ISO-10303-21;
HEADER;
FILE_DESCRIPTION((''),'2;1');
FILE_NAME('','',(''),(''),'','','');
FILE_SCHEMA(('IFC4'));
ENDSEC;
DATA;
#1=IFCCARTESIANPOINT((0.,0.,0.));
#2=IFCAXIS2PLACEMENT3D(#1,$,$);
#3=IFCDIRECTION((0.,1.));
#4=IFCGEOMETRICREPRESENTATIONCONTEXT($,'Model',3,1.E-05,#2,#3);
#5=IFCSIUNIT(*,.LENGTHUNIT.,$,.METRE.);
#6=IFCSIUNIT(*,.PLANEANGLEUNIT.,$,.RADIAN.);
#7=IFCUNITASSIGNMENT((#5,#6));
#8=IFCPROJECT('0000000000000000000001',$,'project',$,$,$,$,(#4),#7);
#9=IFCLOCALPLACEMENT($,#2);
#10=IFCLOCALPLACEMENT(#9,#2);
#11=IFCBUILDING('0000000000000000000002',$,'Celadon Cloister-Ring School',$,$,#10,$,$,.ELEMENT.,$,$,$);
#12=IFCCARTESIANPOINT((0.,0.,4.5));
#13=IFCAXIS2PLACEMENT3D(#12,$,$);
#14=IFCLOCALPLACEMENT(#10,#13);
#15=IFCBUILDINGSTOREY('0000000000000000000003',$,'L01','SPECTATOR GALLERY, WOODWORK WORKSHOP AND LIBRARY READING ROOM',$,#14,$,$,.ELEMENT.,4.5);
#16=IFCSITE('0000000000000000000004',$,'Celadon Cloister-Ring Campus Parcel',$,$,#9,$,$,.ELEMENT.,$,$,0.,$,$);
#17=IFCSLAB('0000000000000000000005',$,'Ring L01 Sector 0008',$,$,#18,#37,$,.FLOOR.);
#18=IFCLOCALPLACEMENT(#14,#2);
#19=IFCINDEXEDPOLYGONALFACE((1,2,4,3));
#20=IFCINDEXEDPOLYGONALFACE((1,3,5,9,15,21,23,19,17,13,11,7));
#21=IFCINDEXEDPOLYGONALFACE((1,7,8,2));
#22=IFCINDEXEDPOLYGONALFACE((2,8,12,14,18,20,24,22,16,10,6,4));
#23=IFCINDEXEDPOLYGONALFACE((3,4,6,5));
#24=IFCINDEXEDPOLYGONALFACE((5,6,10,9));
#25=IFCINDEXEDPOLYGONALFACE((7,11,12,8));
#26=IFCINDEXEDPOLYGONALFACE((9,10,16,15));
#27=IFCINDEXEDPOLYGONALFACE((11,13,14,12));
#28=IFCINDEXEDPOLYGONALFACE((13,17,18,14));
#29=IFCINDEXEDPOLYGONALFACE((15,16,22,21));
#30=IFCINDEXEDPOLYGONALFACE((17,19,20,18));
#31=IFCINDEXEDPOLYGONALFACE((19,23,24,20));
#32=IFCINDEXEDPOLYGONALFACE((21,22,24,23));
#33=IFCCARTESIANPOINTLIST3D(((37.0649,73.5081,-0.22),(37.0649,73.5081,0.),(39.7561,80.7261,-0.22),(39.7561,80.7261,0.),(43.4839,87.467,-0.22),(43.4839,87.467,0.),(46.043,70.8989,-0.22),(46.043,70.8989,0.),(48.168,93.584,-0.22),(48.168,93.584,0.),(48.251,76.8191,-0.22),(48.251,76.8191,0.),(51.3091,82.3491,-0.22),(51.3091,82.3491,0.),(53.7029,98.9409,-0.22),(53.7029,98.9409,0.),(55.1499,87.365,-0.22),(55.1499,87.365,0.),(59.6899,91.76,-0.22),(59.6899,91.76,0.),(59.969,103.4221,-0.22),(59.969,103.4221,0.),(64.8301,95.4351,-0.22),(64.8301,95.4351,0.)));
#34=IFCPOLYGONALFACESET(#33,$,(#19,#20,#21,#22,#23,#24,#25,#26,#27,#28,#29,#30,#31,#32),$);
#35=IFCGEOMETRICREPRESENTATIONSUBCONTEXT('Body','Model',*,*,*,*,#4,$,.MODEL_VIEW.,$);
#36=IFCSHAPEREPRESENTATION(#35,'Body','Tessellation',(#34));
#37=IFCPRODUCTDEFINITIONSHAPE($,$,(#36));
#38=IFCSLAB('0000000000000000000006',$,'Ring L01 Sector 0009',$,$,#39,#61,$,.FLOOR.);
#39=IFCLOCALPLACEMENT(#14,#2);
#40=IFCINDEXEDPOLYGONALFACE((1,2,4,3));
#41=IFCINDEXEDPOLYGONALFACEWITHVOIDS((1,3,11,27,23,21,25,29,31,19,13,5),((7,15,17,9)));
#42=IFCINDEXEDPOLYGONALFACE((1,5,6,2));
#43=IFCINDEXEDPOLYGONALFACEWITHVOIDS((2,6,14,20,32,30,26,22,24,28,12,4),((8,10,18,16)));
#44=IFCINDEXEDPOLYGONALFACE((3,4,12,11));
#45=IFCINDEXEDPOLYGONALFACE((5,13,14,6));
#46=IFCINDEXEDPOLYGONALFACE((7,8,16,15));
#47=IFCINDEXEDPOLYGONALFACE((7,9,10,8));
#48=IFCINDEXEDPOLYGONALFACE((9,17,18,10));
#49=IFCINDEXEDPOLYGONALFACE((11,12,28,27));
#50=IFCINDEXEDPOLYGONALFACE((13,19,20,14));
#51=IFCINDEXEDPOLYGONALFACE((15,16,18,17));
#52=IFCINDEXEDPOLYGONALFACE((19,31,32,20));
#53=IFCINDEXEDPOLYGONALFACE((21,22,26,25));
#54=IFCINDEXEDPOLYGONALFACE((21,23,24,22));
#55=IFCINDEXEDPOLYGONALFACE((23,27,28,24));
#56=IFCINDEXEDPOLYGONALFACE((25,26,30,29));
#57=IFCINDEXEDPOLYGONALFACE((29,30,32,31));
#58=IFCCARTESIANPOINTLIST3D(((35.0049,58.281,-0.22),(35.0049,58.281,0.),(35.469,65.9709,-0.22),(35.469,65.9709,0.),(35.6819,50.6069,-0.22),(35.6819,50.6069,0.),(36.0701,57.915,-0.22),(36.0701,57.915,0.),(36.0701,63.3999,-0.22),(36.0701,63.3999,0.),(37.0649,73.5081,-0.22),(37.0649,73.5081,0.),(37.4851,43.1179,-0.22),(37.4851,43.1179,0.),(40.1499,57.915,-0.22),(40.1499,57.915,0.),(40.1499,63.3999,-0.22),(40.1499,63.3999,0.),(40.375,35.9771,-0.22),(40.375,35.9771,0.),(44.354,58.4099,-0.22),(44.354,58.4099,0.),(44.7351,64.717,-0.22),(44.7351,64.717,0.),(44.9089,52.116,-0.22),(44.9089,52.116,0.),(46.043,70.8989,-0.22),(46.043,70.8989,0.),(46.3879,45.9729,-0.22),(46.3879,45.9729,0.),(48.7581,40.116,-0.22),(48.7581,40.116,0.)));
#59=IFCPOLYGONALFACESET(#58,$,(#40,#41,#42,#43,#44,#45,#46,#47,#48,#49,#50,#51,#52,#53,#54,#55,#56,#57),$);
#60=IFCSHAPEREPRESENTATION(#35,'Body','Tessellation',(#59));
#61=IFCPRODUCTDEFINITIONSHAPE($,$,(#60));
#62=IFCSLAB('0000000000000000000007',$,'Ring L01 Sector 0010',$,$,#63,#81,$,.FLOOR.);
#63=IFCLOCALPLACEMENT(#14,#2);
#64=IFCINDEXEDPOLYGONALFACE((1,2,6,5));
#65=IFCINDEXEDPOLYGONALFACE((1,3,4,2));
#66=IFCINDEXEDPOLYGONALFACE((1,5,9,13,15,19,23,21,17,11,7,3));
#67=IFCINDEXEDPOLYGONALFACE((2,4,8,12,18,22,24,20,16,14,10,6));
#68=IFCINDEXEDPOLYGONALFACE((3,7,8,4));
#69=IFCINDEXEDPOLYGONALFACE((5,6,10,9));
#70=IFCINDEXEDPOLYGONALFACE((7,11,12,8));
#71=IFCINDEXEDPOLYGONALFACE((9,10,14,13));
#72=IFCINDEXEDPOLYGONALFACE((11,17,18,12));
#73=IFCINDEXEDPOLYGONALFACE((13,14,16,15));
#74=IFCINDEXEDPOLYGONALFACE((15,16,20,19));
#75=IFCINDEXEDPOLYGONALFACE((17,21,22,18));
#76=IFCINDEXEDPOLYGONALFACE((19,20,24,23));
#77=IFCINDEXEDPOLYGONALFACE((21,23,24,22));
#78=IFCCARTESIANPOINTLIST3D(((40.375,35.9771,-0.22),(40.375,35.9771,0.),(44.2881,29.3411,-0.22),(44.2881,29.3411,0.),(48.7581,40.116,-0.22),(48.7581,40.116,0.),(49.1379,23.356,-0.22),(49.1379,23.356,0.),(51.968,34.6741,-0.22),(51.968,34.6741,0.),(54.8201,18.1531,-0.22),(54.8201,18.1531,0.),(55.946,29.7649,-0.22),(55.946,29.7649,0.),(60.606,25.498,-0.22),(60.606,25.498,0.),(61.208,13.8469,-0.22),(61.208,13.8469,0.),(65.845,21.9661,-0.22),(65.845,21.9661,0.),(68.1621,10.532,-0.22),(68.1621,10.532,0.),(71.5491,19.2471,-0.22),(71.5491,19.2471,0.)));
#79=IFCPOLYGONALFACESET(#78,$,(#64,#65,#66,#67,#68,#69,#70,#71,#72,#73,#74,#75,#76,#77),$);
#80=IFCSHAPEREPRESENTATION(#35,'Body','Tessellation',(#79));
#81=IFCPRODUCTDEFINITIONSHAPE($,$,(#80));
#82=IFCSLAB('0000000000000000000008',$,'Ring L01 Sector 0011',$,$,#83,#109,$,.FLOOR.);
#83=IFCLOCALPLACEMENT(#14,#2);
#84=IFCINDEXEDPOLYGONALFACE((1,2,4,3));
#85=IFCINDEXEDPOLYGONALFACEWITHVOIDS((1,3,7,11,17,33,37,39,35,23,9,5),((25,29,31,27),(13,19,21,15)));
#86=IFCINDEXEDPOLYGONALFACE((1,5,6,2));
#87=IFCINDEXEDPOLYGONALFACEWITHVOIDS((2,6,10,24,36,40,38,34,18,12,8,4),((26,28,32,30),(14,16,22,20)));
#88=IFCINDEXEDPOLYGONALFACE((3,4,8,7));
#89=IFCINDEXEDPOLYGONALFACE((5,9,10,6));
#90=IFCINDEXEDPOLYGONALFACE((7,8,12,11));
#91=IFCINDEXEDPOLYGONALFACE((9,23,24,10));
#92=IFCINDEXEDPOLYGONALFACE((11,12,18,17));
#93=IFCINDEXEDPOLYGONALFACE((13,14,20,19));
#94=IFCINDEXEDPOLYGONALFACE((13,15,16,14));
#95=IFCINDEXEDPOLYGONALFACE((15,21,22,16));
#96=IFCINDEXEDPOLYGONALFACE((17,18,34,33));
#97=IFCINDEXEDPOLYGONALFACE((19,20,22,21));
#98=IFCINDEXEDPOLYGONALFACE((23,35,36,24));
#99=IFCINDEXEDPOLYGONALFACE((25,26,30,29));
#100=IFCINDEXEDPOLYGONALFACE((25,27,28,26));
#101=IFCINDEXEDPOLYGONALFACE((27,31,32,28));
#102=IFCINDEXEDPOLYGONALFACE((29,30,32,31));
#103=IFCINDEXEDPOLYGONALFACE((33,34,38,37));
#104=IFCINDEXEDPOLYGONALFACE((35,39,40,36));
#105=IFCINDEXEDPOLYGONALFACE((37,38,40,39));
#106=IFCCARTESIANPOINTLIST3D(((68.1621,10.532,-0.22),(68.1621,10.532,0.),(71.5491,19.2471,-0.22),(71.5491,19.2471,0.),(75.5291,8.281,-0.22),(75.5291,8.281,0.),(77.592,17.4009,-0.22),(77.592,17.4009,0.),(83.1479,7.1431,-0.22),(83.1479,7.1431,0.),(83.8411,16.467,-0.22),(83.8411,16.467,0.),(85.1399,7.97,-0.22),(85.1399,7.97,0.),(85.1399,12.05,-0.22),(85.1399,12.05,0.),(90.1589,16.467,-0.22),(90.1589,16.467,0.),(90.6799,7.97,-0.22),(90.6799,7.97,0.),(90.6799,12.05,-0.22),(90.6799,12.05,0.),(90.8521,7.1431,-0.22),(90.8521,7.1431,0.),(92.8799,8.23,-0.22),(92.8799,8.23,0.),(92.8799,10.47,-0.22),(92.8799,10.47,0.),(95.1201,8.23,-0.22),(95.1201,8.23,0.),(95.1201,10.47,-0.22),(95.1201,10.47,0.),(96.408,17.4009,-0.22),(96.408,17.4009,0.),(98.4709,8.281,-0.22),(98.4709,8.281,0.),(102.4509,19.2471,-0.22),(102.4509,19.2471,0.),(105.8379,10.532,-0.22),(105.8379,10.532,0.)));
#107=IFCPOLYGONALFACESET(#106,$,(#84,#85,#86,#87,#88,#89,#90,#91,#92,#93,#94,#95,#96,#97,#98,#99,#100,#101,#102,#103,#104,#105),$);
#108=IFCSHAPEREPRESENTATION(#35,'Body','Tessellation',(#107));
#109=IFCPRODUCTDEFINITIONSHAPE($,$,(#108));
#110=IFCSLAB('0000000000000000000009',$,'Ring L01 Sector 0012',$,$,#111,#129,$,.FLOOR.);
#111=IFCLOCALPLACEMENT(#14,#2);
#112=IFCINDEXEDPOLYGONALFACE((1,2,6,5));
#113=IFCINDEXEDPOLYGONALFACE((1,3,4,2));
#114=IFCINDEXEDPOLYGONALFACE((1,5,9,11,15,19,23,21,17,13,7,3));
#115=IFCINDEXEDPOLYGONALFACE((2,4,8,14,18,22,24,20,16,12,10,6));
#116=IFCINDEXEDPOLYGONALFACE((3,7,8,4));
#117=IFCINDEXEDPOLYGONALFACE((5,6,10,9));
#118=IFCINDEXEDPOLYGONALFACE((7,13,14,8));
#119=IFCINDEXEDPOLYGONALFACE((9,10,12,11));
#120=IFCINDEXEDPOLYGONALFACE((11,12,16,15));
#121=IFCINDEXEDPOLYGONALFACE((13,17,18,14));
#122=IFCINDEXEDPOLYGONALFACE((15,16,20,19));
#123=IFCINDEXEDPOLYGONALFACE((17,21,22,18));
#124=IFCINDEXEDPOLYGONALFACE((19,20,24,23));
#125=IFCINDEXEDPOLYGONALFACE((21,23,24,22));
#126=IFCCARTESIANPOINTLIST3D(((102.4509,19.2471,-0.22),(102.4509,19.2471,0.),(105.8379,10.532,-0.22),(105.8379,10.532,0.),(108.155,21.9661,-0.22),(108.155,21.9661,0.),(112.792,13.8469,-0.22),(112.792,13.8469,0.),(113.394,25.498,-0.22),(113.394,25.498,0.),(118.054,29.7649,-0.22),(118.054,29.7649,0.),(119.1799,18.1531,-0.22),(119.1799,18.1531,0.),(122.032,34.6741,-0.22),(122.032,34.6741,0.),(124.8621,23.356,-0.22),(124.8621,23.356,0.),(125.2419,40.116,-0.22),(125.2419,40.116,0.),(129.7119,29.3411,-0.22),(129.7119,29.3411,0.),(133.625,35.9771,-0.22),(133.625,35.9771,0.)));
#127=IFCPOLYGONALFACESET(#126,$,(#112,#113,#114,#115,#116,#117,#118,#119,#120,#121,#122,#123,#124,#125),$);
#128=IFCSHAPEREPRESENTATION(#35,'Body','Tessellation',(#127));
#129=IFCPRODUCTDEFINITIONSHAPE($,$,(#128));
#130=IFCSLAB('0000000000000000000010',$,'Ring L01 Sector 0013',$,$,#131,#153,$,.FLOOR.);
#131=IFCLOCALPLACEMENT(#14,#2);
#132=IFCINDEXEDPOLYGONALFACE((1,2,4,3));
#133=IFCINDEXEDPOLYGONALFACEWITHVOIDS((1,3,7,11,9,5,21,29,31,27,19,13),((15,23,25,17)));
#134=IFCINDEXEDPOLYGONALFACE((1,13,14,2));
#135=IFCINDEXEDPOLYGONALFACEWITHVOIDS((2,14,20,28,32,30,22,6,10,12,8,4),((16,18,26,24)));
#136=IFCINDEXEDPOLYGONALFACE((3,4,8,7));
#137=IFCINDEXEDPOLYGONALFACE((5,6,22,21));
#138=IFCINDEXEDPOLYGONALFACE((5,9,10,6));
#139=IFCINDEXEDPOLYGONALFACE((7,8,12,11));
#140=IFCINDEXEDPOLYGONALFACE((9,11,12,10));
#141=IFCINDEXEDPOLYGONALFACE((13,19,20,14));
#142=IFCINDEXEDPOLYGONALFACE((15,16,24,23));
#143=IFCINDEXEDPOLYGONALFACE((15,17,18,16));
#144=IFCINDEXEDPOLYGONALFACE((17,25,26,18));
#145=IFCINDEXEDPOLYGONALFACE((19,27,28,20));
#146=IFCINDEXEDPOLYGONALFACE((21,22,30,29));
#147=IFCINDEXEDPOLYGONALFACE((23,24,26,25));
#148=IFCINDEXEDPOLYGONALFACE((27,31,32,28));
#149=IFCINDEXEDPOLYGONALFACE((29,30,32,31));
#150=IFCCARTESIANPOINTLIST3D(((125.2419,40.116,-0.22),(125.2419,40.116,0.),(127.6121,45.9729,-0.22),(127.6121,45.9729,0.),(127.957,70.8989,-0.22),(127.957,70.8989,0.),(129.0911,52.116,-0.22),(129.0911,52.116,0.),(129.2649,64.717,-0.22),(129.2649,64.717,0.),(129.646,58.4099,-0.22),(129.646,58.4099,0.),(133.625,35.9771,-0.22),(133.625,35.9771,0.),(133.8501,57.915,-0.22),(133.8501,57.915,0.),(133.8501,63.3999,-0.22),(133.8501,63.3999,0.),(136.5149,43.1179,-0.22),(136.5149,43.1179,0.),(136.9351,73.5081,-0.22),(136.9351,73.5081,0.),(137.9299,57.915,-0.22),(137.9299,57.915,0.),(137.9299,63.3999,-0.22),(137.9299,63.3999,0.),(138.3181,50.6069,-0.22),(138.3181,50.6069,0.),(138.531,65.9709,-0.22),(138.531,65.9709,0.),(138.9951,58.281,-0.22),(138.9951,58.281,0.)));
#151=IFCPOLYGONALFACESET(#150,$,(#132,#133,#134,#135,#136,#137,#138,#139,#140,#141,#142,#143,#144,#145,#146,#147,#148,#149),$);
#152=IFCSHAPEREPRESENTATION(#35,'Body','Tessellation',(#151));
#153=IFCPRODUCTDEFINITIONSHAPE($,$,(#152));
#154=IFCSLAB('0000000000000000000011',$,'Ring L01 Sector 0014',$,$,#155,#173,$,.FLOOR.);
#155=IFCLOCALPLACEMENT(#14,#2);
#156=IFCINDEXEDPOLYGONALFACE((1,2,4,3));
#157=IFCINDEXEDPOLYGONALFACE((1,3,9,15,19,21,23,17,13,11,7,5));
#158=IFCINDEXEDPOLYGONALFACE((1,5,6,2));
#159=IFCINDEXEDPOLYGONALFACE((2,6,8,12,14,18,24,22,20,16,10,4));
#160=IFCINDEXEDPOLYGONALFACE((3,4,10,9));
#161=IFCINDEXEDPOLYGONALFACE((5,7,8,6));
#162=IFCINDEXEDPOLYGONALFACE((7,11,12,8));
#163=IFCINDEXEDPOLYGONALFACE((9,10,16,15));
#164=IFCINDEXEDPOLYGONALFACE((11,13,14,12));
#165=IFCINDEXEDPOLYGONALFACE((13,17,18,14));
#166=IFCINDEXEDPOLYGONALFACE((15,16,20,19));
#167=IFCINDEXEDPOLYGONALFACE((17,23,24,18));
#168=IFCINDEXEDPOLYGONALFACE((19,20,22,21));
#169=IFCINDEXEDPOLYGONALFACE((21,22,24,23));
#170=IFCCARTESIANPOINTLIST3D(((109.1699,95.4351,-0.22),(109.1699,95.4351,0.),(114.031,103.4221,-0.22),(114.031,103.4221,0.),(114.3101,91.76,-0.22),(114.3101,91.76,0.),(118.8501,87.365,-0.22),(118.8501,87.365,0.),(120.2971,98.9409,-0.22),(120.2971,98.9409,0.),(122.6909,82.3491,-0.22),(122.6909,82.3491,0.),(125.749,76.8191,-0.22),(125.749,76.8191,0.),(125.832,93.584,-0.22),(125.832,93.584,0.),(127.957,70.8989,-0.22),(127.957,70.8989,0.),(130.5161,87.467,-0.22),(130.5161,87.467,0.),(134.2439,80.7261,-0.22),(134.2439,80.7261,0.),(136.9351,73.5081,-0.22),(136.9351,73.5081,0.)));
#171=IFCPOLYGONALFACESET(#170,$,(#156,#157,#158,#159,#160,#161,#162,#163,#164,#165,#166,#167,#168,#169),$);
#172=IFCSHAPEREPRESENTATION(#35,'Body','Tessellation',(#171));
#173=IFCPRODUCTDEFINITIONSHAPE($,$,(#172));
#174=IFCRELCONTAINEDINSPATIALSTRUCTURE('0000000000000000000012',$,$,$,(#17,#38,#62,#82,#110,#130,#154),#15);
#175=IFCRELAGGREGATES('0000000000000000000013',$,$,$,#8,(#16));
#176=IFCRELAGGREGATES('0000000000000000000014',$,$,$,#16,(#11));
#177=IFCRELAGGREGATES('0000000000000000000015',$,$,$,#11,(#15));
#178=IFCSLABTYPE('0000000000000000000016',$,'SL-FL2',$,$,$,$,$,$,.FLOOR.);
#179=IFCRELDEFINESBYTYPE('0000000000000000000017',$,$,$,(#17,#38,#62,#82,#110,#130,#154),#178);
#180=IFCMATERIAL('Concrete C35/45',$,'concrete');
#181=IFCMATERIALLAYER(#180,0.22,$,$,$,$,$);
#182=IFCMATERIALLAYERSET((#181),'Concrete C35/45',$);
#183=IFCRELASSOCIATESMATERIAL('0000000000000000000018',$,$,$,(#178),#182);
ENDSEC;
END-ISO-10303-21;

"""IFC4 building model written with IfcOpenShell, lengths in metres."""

from ifc_helpers import new_model, si_unit, direction, frame, origin, place, context, subcontext, project, spatial, polyline, outline, extrude, material, layer, layer_set, type_object, element, save


model = new_model("IFC4")

# Units and contexts
model_context = context("Model", 3, precision=1e-05, world=origin(), true_north=direction((0.0, 1.0)))
body_context = subcontext(model_context, "Body", "Model", "MODEL_VIEW")
ifc_project = project(units=[si_unit("LENGTHUNIT", "METRE"), si_unit("PLANEANGLEUNIT", "RADIAN")], contexts=[model_context])

# Site, building, storey
site_placement = place(None, origin())
site = spatial("IfcSite", under=ifc_project, at=site_placement, Name="Celadon Cloister-Ring Campus Parcel", CompositionType="ELEMENT", RefElevation=0.0)
building_placement = place(site_placement, origin())
building = spatial("IfcBuilding", under=site, at=building_placement, Name="Celadon Cloister-Ring School", CompositionType="ELEMENT")
storey_placement = place(building_placement, frame((0.0, 0.0, 4.5)))
storey = spatial("IfcBuildingStorey", under=building, at=storey_placement, Name="L01", Description="SPECTATOR GALLERY, WOODWORK WORKSHOP AND LIBRARY READING ROOM", CompositionType="ELEMENT", Elevation=4.5)

# Slabs
ifc_material_1 = material(Name="Concrete C35/45", Category="concrete")
ifc_layer_1 = layer(ifc_material_1, 0.22)
ifc_layer_set_1 = layer_set([ifc_layer_1], Name="Concrete C35/45")
slab_type_1 = type_object("IfcSlabType", Name="SL-FL2", PredefinedType="FLOOR", material=ifc_layer_set_1)
slab_1_placement = place(storey_placement, frame((0.0, 0.0, -0.22)))
element("IfcSlab", 1, at=slab_1_placement, inside=storey, type_object=slab_type_1, Name="Ring L01 Sector 0008", PredefinedType="FLOOR", context=body_context, shape_type="SweptSolid", body=[
    extrude(outline(polyline([(64.8301, 95.4351), (59.6899, 91.76), (55.1499, 87.365), (51.3091, 82.3491), (48.251, 76.8191), (46.043, 70.8989), (37.0649, 73.5081), (39.7561, 80.7261), (43.4839, 87.467), (48.168, 93.584), (53.7029, 98.9409), (59.969, 103.4221), (64.8301, 95.4351)])), origin(), (0.0, 0.0, 1.0), 0.22),
])
slab_2_placement = place(storey_placement, frame((0.0, 0.0, -0.22)))
element("IfcSlab", 2, at=slab_2_placement, inside=storey, type_object=slab_type_1, Name="Ring L01 Sector 0009", PredefinedType="FLOOR", context=body_context, shape_type="SweptSolid", body=[
    extrude(outline(polyline([(46.043, 70.8989), (44.7351, 64.717), (44.354, 58.4099), (44.9089, 52.116), (46.3879, 45.9729), (48.7581, 40.116), (40.375, 35.9771), (37.4851, 43.1179), (35.6819, 50.6069), (35.0049, 58.281), (35.469, 65.9709), (37.0649, 73.5081), (46.043, 70.8989)]), holes=[polyline([(36.0701, 57.915), (40.1499, 57.915), (40.1499, 63.3999), (36.0701, 63.3999), (36.0701, 57.915)])]), origin(), (0.0, 0.0, 1.0), 0.22),
])
slab_3_placement = place(storey_placement, frame((0.0, 0.0, -0.22)))
element("IfcSlab", 3, at=slab_3_placement, inside=storey, type_object=slab_type_1, Name="Ring L01 Sector 0010", PredefinedType="FLOOR", context=body_context, shape_type="SweptSolid", body=[
    extrude(outline(polyline([(48.7581, 40.116), (51.968, 34.6741), (55.946, 29.7649), (60.606, 25.498), (65.845, 21.9661), (71.5491, 19.2471), (68.1621, 10.532), (61.208, 13.8469), (54.8201, 18.1531), (49.1379, 23.356), (44.2881, 29.3411), (40.375, 35.9771), (48.7581, 40.116)])), origin(), (0.0, 0.0, 1.0), 0.22),
])
slab_4_placement = place(storey_placement, frame((0.0, 0.0, -0.22)))
element("IfcSlab", 4, at=slab_4_placement, inside=storey, type_object=slab_type_1, Name="Ring L01 Sector 0011", PredefinedType="FLOOR", context=body_context, shape_type="SweptSolid", body=[
    extrude(outline(polyline([(71.5491, 19.2471), (77.592, 17.4009), (83.8411, 16.467), (90.1589, 16.467), (96.408, 17.4009), (102.4509, 19.2471), (105.8379, 10.532), (98.4709, 8.281), (90.8521, 7.1431), (83.1479, 7.1431), (75.5291, 8.281), (68.1621, 10.532), (71.5491, 19.2471)]), holes=[polyline([(92.8799, 8.23), (95.1201, 8.23), (95.1201, 10.47), (92.8799, 10.47), (92.8799, 8.23)]), polyline([(85.1399, 7.97), (90.6799, 7.97), (90.6799, 12.05), (85.1399, 12.05), (85.1399, 7.97)])]), origin(), (0.0, 0.0, 1.0), 0.22),
])
slab_5_placement = place(storey_placement, frame((0.0, 0.0, -0.22)))
element("IfcSlab", 5, at=slab_5_placement, inside=storey, type_object=slab_type_1, Name="Ring L01 Sector 0012", PredefinedType="FLOOR", context=body_context, shape_type="SweptSolid", body=[
    extrude(outline(polyline([(102.4509, 19.2471), (108.155, 21.9661), (113.394, 25.498), (118.054, 29.7649), (122.032, 34.6741), (125.2419, 40.116), (133.625, 35.9771), (129.7119, 29.3411), (124.8621, 23.356), (119.1799, 18.1531), (112.792, 13.8469), (105.8379, 10.532), (102.4509, 19.2471)])), origin(), (0.0, 0.0, 1.0), 0.22),
])
slab_6_placement = place(storey_placement, frame((0.0, 0.0, -0.22)))
element("IfcSlab", 6, at=slab_6_placement, inside=storey, type_object=slab_type_1, Name="Ring L01 Sector 0013", PredefinedType="FLOOR", context=body_context, shape_type="SweptSolid", body=[
    extrude(outline(polyline([(125.2419, 40.116), (127.6121, 45.9729), (129.0911, 52.116), (129.646, 58.4099), (129.2649, 64.717), (127.957, 70.8989), (136.9351, 73.5081), (138.531, 65.9709), (138.9951, 58.281), (138.3181, 50.6069), (136.5149, 43.1179), (133.625, 35.9771), (125.2419, 40.116)]), holes=[polyline([(133.8501, 57.915), (137.9299, 57.915), (137.9299, 63.3999), (133.8501, 63.3999), (133.8501, 57.915)])]), origin(), (0.0, 0.0, 1.0), 0.22),
])
slab_7_placement = place(storey_placement, frame((0.0, 0.0, -0.22)))
element("IfcSlab", 7, at=slab_7_placement, inside=storey, type_object=slab_type_1, Name="Ring L01 Sector 0014", PredefinedType="FLOOR", context=body_context, shape_type="SweptSolid", body=[
    extrude(outline(polyline([(127.957, 70.8989), (125.749, 76.8191), (122.6909, 82.3491), (118.8501, 87.365), (114.3101, 91.76), (109.1699, 95.4351), (114.031, 103.4221), (120.2971, 98.9409), (125.832, 93.584), (130.5161, 87.467), (134.2439, 80.7261), (136.9351, 73.5081), (127.957, 70.8989)])), origin(), (0.0, 0.0, 1.0), 0.22),
])

save(model, "model.ifc")
